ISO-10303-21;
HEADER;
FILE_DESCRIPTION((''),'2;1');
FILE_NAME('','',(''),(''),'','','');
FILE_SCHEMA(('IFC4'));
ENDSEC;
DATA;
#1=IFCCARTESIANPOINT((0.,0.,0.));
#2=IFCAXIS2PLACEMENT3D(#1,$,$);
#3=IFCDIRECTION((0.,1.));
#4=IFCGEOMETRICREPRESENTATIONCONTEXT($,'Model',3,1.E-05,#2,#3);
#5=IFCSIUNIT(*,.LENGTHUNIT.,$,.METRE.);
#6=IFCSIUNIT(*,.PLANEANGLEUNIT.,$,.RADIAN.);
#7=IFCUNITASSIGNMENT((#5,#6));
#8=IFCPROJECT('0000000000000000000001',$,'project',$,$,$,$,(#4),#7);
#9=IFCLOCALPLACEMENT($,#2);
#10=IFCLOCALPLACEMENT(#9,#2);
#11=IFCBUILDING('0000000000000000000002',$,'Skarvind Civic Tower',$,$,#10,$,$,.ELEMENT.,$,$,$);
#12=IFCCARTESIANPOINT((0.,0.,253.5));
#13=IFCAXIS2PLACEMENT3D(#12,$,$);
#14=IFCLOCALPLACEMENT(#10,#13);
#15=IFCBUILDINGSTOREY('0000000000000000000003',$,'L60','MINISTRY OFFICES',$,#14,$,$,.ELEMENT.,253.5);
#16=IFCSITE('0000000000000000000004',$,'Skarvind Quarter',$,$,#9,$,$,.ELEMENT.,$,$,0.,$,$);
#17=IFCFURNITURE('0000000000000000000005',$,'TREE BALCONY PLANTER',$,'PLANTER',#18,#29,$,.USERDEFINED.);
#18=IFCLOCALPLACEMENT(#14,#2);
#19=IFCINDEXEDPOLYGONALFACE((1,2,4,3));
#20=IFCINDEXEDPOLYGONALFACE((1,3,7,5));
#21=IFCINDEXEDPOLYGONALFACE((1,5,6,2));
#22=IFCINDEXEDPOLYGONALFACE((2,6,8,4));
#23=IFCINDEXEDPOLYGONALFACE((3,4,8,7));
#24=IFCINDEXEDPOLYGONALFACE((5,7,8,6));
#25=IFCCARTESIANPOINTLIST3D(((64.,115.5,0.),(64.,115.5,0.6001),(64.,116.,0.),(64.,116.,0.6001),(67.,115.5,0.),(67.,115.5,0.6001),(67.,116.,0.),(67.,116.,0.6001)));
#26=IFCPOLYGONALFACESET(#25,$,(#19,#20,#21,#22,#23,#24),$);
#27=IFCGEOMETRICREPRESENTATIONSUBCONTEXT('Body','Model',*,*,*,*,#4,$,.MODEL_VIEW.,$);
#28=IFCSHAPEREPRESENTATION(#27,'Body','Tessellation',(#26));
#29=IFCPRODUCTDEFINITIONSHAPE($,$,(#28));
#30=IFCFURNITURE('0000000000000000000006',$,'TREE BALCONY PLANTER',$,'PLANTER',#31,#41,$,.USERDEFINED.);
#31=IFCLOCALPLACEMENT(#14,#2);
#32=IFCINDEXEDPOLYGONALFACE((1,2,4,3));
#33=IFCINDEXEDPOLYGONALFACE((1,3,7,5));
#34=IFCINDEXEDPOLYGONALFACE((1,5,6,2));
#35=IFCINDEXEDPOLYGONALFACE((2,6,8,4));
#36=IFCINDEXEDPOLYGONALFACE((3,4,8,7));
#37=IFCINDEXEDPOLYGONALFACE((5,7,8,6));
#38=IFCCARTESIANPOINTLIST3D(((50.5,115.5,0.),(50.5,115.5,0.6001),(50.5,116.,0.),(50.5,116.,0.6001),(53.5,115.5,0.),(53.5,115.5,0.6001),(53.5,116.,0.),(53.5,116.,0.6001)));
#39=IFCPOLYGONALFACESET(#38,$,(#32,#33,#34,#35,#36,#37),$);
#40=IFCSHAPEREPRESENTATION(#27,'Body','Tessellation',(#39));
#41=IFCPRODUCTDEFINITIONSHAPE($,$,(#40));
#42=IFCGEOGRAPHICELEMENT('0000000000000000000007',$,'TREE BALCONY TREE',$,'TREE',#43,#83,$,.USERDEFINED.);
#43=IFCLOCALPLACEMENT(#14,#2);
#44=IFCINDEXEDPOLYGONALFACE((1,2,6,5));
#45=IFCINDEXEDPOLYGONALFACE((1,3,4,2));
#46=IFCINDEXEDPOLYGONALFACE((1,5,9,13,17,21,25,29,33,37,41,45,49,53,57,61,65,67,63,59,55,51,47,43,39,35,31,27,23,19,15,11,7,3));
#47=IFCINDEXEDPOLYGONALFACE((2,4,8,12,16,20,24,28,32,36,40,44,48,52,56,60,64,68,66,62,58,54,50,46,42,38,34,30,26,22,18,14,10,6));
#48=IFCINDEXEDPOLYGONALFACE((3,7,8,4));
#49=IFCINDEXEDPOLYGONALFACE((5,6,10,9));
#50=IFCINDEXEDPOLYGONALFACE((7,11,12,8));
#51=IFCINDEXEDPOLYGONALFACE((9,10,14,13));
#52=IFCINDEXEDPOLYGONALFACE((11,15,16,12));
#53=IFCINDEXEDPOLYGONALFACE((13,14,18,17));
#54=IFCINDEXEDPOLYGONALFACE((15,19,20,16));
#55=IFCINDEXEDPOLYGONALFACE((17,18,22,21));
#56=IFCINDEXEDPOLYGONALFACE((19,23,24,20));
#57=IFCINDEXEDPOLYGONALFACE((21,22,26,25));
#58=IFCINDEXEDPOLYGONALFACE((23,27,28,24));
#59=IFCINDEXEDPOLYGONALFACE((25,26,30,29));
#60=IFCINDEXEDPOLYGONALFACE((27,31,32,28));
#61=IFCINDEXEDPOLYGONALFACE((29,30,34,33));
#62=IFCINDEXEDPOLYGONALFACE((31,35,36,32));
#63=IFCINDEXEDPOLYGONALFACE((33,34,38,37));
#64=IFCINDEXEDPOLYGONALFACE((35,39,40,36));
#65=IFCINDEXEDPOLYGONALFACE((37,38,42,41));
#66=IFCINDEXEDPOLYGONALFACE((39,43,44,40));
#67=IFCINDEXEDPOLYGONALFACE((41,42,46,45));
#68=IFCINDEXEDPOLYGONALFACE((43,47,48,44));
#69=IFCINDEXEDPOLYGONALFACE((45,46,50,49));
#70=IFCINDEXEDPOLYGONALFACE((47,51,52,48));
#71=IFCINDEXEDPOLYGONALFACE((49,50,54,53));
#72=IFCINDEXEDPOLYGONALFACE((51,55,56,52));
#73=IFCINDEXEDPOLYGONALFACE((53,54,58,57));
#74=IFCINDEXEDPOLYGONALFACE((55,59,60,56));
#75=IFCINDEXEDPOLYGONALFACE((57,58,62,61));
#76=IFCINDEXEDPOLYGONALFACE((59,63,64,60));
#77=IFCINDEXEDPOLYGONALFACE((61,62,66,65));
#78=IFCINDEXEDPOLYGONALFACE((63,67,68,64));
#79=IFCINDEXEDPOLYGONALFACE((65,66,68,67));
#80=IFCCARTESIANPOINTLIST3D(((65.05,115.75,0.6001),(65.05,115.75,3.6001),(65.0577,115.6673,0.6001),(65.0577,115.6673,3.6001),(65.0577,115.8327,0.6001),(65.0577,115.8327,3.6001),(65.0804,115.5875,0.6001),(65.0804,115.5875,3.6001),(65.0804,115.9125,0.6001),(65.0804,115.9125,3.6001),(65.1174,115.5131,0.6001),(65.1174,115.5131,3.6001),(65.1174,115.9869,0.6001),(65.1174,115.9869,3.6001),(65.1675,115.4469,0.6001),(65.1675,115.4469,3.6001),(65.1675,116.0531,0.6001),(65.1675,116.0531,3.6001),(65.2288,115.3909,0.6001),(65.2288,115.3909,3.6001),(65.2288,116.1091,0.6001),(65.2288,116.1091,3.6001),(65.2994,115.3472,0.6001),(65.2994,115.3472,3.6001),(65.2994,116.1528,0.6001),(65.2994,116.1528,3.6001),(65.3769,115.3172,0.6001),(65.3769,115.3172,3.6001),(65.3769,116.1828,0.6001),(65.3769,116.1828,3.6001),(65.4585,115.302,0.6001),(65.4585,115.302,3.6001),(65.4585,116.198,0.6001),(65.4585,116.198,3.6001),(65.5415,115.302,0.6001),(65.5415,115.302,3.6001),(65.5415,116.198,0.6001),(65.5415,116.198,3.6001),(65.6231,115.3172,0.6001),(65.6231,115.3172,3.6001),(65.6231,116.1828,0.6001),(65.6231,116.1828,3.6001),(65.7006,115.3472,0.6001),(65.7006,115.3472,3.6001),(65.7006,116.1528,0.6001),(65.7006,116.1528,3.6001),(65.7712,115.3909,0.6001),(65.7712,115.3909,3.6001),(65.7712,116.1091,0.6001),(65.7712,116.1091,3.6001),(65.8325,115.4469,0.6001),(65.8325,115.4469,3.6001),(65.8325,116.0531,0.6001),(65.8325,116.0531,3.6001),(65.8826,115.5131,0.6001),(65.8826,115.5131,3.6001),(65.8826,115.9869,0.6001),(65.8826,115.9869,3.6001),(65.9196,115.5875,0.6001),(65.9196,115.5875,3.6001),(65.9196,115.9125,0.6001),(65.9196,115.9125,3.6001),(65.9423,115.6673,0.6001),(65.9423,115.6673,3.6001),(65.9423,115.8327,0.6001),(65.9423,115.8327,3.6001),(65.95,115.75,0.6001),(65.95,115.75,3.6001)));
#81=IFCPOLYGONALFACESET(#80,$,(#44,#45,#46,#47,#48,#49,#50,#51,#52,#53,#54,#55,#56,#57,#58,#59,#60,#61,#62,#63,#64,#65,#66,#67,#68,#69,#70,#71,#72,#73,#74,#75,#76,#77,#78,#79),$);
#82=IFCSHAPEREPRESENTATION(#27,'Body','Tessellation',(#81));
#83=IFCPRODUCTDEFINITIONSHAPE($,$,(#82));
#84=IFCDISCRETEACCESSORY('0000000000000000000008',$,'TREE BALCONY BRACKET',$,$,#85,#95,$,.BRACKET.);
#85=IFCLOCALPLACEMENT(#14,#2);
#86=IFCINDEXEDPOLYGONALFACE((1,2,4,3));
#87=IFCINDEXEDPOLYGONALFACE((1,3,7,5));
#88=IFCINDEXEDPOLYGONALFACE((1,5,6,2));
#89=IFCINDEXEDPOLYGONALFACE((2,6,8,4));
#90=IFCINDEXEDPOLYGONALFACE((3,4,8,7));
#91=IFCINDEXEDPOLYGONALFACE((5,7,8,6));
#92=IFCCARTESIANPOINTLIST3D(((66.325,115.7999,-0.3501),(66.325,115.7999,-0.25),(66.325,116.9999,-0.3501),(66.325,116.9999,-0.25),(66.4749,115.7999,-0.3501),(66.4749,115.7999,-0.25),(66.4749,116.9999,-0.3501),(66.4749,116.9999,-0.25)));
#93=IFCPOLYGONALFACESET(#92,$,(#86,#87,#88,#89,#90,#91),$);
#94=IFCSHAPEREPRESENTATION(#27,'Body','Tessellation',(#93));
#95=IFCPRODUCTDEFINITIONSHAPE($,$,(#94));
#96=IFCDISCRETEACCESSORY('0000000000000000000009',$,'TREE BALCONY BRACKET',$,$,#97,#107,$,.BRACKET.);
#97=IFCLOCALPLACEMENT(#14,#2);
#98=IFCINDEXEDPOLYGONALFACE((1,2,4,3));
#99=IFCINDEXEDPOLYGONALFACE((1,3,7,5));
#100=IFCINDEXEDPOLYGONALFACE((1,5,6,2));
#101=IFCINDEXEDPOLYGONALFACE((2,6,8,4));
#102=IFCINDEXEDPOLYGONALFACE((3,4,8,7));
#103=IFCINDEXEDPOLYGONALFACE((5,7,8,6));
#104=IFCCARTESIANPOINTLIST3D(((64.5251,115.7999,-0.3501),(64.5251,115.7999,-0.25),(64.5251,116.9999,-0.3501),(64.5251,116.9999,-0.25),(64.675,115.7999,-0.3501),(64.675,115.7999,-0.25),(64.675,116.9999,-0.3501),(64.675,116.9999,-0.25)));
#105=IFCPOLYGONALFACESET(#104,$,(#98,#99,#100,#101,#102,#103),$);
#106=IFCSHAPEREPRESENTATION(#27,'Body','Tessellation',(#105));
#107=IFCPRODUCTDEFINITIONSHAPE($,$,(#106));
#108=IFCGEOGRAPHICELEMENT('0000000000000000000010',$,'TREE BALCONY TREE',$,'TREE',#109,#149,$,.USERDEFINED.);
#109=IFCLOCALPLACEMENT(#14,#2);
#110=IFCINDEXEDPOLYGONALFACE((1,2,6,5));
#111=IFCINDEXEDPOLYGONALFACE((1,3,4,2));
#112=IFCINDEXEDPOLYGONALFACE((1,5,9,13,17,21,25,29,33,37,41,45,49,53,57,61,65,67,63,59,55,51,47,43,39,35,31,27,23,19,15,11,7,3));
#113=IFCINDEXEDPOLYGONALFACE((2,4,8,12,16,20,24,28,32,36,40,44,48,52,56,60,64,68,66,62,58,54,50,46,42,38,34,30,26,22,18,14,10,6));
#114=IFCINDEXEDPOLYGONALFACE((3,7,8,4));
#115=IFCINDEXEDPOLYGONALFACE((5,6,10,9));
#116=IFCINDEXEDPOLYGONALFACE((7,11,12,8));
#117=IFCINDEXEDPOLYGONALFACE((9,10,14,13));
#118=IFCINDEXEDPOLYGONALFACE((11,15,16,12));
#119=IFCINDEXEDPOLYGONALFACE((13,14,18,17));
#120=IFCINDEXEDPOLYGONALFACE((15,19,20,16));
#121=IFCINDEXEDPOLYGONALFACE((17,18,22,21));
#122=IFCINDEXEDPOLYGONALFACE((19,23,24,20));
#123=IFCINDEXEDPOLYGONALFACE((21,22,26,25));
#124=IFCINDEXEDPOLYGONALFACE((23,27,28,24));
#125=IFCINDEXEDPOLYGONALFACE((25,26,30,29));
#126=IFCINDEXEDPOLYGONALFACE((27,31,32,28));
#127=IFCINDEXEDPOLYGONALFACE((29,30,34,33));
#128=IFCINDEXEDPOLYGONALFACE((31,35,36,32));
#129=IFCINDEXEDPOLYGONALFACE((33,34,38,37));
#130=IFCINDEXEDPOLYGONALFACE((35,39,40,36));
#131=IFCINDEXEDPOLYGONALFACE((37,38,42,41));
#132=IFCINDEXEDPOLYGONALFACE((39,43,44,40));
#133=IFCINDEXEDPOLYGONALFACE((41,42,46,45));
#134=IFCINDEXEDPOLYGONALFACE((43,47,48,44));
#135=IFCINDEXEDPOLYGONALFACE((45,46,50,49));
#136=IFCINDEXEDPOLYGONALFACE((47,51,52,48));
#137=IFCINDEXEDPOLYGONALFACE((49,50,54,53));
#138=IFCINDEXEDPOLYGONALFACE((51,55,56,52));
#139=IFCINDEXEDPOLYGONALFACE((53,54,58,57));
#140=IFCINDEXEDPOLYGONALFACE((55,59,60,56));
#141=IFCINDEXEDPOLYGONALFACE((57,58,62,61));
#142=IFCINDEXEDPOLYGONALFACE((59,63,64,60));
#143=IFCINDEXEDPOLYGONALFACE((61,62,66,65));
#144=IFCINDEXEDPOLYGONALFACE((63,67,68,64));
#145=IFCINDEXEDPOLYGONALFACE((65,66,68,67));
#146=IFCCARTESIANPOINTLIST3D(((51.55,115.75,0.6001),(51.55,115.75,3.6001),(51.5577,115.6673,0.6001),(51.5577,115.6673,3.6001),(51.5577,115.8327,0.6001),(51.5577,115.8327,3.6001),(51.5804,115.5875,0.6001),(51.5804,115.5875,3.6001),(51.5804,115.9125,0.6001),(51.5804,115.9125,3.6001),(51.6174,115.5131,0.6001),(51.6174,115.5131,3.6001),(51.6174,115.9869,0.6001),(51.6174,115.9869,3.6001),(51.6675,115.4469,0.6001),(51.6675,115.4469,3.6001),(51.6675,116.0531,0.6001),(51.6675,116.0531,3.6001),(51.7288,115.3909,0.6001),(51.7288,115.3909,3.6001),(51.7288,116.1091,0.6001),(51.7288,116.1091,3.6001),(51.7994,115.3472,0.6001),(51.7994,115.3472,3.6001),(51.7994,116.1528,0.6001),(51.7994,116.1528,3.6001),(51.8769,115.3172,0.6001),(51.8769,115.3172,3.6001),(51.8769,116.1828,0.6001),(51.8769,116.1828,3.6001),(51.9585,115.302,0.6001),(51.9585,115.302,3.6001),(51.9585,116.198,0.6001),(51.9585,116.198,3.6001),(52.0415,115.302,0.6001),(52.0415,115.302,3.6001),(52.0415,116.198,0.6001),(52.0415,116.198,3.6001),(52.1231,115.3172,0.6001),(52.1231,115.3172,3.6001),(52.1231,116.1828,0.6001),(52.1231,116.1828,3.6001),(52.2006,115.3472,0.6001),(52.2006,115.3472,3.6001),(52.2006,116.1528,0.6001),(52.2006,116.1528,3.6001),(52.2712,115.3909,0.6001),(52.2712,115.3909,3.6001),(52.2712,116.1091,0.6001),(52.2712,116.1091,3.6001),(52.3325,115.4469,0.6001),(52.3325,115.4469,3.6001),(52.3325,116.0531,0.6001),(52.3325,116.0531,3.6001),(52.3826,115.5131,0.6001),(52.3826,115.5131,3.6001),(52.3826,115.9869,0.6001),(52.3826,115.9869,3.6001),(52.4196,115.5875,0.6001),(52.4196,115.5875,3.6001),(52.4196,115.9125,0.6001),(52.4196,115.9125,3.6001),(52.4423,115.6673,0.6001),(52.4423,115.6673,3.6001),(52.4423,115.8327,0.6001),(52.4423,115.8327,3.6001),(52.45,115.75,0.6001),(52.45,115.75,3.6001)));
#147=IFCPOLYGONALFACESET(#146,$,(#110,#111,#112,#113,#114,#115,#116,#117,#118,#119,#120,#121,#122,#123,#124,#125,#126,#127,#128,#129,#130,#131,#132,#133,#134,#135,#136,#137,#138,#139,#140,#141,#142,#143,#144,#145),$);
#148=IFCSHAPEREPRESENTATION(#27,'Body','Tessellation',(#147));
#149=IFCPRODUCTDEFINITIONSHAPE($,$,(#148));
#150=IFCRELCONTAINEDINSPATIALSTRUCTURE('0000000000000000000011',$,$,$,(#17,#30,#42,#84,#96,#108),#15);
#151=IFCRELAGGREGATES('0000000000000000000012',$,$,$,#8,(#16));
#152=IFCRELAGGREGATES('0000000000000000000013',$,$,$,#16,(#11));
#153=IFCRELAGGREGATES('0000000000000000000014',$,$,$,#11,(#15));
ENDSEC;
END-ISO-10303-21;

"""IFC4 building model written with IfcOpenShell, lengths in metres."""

from ifc_helpers import new_model, si_unit, direction, frame, origin, origin_2d, place, context, subcontext, project, spatial, rectangle, circle, extrude, element, save


model = new_model("IFC4")

# Units and contexts
model_context = context("Model", 3, precision=1e-05, world=origin(), true_north=direction((0.0, 1.0)))
body_context = subcontext(model_context, "Body", "Model", "MODEL_VIEW")
ifc_project = project(units=[si_unit("LENGTHUNIT", "METRE"), si_unit("PLANEANGLEUNIT", "RADIAN")], contexts=[model_context])

# Site, building, storey
site_placement = place(None, origin())
site = spatial("IfcSite", under=ifc_project, at=site_placement, Name="Skarvind Quarter", CompositionType="ELEMENT", RefElevation=0.0)
building_placement = place(site_placement, origin())
building = spatial("IfcBuilding", under=site, at=building_placement, Name="Skarvind Civic Tower", CompositionType="ELEMENT")
storey_placement = place(building_placement, frame((0.0, 0.0, 253.5)))
storey = spatial("IfcBuildingStorey", under=building, at=storey_placement, Name="L60", Description="MINISTRY OFFICES", CompositionType="ELEMENT", Elevation=253.5)

# Furniture
for number, where, z_axis, x_axis, name in (
    (1, (65.5, 115.75, 0.0), (0.0, 0.0, 1.0), (-1.0, 0.0, 0.0), "TREE BALCONY PLANTER"),
    (2, (52.0, 115.75, 0.0), (0.0, 0.0, 1.0), (-1.0, 0.0, 0.0), "TREE BALCONY PLANTER"),
):
    element("IfcFurniture", number, at=place(storey_placement, frame(where, z_axis=z_axis, x_axis=x_axis)), inside=storey, Name=name, ObjectType="PLANTER", PredefinedType="USERDEFINED", context=body_context, shape_type="SweptSolid", body=[
        extrude(rectangle(XDim=3.0, YDim=0.5, at=origin_2d()), origin(), (0.0, 0.0, 1.0), 0.6001),
    ])

# Geographic element
geographic_element_1_placement = place(storey_placement, frame((65.5, 115.75, 0.6001), z_axis=(0.0, 0.0, 1.0), x_axis=(1.0, 0.0, 0.0)))
element("IfcGeographicElement", 3, at=geographic_element_1_placement, inside=storey, Name="TREE BALCONY TREE", ObjectType="TREE", PredefinedType="USERDEFINED", context=body_context, shape_type="SweptSolid", body=[
    extrude(circle(Radius=0.45, at=origin_2d()), origin(), (0.0, 0.0, 1.0), 3.0),
])

# Discrete accessories
for number, where, z_axis, x_axis, name in (
    (4, (66.3999, 116.3999, -0.3501), (0.0, 0.0, 1.0), (-1.0, 0.0, 0.0), "TREE BALCONY BRACKET"),
    (5, (64.6001, 116.3999, -0.3501), (0.0, 0.0, 1.0), (-1.0, 0.0, 0.0), "TREE BALCONY BRACKET"),
):
    element("IfcDiscreteAccessory", number, at=place(storey_placement, frame(where, z_axis=z_axis, x_axis=x_axis)), inside=storey, Name=name, PredefinedType="BRACKET", context=body_context, shape_type="SweptSolid", body=[
        extrude(rectangle(XDim=0.1499, YDim=1.2, at=origin_2d()), origin(), (0.0, 0.0, 1.0), 0.1001),
    ])

# Geographic element
geographic_element_2_placement = place(storey_placement, frame((52.0, 115.75, 0.6001), z_axis=(0.0, 0.0, 1.0), x_axis=(1.0, 0.0, 0.0)))
element("IfcGeographicElement", 6, at=geographic_element_2_placement, inside=storey, Name="TREE BALCONY TREE", ObjectType="TREE", PredefinedType="USERDEFINED", context=body_context, shape_type="SweptSolid", body=[
    extrude(circle(Radius=0.45, at=origin_2d()), origin(), (0.0, 0.0, 1.0), 3.0),
])

save(model, "model.ifc")
